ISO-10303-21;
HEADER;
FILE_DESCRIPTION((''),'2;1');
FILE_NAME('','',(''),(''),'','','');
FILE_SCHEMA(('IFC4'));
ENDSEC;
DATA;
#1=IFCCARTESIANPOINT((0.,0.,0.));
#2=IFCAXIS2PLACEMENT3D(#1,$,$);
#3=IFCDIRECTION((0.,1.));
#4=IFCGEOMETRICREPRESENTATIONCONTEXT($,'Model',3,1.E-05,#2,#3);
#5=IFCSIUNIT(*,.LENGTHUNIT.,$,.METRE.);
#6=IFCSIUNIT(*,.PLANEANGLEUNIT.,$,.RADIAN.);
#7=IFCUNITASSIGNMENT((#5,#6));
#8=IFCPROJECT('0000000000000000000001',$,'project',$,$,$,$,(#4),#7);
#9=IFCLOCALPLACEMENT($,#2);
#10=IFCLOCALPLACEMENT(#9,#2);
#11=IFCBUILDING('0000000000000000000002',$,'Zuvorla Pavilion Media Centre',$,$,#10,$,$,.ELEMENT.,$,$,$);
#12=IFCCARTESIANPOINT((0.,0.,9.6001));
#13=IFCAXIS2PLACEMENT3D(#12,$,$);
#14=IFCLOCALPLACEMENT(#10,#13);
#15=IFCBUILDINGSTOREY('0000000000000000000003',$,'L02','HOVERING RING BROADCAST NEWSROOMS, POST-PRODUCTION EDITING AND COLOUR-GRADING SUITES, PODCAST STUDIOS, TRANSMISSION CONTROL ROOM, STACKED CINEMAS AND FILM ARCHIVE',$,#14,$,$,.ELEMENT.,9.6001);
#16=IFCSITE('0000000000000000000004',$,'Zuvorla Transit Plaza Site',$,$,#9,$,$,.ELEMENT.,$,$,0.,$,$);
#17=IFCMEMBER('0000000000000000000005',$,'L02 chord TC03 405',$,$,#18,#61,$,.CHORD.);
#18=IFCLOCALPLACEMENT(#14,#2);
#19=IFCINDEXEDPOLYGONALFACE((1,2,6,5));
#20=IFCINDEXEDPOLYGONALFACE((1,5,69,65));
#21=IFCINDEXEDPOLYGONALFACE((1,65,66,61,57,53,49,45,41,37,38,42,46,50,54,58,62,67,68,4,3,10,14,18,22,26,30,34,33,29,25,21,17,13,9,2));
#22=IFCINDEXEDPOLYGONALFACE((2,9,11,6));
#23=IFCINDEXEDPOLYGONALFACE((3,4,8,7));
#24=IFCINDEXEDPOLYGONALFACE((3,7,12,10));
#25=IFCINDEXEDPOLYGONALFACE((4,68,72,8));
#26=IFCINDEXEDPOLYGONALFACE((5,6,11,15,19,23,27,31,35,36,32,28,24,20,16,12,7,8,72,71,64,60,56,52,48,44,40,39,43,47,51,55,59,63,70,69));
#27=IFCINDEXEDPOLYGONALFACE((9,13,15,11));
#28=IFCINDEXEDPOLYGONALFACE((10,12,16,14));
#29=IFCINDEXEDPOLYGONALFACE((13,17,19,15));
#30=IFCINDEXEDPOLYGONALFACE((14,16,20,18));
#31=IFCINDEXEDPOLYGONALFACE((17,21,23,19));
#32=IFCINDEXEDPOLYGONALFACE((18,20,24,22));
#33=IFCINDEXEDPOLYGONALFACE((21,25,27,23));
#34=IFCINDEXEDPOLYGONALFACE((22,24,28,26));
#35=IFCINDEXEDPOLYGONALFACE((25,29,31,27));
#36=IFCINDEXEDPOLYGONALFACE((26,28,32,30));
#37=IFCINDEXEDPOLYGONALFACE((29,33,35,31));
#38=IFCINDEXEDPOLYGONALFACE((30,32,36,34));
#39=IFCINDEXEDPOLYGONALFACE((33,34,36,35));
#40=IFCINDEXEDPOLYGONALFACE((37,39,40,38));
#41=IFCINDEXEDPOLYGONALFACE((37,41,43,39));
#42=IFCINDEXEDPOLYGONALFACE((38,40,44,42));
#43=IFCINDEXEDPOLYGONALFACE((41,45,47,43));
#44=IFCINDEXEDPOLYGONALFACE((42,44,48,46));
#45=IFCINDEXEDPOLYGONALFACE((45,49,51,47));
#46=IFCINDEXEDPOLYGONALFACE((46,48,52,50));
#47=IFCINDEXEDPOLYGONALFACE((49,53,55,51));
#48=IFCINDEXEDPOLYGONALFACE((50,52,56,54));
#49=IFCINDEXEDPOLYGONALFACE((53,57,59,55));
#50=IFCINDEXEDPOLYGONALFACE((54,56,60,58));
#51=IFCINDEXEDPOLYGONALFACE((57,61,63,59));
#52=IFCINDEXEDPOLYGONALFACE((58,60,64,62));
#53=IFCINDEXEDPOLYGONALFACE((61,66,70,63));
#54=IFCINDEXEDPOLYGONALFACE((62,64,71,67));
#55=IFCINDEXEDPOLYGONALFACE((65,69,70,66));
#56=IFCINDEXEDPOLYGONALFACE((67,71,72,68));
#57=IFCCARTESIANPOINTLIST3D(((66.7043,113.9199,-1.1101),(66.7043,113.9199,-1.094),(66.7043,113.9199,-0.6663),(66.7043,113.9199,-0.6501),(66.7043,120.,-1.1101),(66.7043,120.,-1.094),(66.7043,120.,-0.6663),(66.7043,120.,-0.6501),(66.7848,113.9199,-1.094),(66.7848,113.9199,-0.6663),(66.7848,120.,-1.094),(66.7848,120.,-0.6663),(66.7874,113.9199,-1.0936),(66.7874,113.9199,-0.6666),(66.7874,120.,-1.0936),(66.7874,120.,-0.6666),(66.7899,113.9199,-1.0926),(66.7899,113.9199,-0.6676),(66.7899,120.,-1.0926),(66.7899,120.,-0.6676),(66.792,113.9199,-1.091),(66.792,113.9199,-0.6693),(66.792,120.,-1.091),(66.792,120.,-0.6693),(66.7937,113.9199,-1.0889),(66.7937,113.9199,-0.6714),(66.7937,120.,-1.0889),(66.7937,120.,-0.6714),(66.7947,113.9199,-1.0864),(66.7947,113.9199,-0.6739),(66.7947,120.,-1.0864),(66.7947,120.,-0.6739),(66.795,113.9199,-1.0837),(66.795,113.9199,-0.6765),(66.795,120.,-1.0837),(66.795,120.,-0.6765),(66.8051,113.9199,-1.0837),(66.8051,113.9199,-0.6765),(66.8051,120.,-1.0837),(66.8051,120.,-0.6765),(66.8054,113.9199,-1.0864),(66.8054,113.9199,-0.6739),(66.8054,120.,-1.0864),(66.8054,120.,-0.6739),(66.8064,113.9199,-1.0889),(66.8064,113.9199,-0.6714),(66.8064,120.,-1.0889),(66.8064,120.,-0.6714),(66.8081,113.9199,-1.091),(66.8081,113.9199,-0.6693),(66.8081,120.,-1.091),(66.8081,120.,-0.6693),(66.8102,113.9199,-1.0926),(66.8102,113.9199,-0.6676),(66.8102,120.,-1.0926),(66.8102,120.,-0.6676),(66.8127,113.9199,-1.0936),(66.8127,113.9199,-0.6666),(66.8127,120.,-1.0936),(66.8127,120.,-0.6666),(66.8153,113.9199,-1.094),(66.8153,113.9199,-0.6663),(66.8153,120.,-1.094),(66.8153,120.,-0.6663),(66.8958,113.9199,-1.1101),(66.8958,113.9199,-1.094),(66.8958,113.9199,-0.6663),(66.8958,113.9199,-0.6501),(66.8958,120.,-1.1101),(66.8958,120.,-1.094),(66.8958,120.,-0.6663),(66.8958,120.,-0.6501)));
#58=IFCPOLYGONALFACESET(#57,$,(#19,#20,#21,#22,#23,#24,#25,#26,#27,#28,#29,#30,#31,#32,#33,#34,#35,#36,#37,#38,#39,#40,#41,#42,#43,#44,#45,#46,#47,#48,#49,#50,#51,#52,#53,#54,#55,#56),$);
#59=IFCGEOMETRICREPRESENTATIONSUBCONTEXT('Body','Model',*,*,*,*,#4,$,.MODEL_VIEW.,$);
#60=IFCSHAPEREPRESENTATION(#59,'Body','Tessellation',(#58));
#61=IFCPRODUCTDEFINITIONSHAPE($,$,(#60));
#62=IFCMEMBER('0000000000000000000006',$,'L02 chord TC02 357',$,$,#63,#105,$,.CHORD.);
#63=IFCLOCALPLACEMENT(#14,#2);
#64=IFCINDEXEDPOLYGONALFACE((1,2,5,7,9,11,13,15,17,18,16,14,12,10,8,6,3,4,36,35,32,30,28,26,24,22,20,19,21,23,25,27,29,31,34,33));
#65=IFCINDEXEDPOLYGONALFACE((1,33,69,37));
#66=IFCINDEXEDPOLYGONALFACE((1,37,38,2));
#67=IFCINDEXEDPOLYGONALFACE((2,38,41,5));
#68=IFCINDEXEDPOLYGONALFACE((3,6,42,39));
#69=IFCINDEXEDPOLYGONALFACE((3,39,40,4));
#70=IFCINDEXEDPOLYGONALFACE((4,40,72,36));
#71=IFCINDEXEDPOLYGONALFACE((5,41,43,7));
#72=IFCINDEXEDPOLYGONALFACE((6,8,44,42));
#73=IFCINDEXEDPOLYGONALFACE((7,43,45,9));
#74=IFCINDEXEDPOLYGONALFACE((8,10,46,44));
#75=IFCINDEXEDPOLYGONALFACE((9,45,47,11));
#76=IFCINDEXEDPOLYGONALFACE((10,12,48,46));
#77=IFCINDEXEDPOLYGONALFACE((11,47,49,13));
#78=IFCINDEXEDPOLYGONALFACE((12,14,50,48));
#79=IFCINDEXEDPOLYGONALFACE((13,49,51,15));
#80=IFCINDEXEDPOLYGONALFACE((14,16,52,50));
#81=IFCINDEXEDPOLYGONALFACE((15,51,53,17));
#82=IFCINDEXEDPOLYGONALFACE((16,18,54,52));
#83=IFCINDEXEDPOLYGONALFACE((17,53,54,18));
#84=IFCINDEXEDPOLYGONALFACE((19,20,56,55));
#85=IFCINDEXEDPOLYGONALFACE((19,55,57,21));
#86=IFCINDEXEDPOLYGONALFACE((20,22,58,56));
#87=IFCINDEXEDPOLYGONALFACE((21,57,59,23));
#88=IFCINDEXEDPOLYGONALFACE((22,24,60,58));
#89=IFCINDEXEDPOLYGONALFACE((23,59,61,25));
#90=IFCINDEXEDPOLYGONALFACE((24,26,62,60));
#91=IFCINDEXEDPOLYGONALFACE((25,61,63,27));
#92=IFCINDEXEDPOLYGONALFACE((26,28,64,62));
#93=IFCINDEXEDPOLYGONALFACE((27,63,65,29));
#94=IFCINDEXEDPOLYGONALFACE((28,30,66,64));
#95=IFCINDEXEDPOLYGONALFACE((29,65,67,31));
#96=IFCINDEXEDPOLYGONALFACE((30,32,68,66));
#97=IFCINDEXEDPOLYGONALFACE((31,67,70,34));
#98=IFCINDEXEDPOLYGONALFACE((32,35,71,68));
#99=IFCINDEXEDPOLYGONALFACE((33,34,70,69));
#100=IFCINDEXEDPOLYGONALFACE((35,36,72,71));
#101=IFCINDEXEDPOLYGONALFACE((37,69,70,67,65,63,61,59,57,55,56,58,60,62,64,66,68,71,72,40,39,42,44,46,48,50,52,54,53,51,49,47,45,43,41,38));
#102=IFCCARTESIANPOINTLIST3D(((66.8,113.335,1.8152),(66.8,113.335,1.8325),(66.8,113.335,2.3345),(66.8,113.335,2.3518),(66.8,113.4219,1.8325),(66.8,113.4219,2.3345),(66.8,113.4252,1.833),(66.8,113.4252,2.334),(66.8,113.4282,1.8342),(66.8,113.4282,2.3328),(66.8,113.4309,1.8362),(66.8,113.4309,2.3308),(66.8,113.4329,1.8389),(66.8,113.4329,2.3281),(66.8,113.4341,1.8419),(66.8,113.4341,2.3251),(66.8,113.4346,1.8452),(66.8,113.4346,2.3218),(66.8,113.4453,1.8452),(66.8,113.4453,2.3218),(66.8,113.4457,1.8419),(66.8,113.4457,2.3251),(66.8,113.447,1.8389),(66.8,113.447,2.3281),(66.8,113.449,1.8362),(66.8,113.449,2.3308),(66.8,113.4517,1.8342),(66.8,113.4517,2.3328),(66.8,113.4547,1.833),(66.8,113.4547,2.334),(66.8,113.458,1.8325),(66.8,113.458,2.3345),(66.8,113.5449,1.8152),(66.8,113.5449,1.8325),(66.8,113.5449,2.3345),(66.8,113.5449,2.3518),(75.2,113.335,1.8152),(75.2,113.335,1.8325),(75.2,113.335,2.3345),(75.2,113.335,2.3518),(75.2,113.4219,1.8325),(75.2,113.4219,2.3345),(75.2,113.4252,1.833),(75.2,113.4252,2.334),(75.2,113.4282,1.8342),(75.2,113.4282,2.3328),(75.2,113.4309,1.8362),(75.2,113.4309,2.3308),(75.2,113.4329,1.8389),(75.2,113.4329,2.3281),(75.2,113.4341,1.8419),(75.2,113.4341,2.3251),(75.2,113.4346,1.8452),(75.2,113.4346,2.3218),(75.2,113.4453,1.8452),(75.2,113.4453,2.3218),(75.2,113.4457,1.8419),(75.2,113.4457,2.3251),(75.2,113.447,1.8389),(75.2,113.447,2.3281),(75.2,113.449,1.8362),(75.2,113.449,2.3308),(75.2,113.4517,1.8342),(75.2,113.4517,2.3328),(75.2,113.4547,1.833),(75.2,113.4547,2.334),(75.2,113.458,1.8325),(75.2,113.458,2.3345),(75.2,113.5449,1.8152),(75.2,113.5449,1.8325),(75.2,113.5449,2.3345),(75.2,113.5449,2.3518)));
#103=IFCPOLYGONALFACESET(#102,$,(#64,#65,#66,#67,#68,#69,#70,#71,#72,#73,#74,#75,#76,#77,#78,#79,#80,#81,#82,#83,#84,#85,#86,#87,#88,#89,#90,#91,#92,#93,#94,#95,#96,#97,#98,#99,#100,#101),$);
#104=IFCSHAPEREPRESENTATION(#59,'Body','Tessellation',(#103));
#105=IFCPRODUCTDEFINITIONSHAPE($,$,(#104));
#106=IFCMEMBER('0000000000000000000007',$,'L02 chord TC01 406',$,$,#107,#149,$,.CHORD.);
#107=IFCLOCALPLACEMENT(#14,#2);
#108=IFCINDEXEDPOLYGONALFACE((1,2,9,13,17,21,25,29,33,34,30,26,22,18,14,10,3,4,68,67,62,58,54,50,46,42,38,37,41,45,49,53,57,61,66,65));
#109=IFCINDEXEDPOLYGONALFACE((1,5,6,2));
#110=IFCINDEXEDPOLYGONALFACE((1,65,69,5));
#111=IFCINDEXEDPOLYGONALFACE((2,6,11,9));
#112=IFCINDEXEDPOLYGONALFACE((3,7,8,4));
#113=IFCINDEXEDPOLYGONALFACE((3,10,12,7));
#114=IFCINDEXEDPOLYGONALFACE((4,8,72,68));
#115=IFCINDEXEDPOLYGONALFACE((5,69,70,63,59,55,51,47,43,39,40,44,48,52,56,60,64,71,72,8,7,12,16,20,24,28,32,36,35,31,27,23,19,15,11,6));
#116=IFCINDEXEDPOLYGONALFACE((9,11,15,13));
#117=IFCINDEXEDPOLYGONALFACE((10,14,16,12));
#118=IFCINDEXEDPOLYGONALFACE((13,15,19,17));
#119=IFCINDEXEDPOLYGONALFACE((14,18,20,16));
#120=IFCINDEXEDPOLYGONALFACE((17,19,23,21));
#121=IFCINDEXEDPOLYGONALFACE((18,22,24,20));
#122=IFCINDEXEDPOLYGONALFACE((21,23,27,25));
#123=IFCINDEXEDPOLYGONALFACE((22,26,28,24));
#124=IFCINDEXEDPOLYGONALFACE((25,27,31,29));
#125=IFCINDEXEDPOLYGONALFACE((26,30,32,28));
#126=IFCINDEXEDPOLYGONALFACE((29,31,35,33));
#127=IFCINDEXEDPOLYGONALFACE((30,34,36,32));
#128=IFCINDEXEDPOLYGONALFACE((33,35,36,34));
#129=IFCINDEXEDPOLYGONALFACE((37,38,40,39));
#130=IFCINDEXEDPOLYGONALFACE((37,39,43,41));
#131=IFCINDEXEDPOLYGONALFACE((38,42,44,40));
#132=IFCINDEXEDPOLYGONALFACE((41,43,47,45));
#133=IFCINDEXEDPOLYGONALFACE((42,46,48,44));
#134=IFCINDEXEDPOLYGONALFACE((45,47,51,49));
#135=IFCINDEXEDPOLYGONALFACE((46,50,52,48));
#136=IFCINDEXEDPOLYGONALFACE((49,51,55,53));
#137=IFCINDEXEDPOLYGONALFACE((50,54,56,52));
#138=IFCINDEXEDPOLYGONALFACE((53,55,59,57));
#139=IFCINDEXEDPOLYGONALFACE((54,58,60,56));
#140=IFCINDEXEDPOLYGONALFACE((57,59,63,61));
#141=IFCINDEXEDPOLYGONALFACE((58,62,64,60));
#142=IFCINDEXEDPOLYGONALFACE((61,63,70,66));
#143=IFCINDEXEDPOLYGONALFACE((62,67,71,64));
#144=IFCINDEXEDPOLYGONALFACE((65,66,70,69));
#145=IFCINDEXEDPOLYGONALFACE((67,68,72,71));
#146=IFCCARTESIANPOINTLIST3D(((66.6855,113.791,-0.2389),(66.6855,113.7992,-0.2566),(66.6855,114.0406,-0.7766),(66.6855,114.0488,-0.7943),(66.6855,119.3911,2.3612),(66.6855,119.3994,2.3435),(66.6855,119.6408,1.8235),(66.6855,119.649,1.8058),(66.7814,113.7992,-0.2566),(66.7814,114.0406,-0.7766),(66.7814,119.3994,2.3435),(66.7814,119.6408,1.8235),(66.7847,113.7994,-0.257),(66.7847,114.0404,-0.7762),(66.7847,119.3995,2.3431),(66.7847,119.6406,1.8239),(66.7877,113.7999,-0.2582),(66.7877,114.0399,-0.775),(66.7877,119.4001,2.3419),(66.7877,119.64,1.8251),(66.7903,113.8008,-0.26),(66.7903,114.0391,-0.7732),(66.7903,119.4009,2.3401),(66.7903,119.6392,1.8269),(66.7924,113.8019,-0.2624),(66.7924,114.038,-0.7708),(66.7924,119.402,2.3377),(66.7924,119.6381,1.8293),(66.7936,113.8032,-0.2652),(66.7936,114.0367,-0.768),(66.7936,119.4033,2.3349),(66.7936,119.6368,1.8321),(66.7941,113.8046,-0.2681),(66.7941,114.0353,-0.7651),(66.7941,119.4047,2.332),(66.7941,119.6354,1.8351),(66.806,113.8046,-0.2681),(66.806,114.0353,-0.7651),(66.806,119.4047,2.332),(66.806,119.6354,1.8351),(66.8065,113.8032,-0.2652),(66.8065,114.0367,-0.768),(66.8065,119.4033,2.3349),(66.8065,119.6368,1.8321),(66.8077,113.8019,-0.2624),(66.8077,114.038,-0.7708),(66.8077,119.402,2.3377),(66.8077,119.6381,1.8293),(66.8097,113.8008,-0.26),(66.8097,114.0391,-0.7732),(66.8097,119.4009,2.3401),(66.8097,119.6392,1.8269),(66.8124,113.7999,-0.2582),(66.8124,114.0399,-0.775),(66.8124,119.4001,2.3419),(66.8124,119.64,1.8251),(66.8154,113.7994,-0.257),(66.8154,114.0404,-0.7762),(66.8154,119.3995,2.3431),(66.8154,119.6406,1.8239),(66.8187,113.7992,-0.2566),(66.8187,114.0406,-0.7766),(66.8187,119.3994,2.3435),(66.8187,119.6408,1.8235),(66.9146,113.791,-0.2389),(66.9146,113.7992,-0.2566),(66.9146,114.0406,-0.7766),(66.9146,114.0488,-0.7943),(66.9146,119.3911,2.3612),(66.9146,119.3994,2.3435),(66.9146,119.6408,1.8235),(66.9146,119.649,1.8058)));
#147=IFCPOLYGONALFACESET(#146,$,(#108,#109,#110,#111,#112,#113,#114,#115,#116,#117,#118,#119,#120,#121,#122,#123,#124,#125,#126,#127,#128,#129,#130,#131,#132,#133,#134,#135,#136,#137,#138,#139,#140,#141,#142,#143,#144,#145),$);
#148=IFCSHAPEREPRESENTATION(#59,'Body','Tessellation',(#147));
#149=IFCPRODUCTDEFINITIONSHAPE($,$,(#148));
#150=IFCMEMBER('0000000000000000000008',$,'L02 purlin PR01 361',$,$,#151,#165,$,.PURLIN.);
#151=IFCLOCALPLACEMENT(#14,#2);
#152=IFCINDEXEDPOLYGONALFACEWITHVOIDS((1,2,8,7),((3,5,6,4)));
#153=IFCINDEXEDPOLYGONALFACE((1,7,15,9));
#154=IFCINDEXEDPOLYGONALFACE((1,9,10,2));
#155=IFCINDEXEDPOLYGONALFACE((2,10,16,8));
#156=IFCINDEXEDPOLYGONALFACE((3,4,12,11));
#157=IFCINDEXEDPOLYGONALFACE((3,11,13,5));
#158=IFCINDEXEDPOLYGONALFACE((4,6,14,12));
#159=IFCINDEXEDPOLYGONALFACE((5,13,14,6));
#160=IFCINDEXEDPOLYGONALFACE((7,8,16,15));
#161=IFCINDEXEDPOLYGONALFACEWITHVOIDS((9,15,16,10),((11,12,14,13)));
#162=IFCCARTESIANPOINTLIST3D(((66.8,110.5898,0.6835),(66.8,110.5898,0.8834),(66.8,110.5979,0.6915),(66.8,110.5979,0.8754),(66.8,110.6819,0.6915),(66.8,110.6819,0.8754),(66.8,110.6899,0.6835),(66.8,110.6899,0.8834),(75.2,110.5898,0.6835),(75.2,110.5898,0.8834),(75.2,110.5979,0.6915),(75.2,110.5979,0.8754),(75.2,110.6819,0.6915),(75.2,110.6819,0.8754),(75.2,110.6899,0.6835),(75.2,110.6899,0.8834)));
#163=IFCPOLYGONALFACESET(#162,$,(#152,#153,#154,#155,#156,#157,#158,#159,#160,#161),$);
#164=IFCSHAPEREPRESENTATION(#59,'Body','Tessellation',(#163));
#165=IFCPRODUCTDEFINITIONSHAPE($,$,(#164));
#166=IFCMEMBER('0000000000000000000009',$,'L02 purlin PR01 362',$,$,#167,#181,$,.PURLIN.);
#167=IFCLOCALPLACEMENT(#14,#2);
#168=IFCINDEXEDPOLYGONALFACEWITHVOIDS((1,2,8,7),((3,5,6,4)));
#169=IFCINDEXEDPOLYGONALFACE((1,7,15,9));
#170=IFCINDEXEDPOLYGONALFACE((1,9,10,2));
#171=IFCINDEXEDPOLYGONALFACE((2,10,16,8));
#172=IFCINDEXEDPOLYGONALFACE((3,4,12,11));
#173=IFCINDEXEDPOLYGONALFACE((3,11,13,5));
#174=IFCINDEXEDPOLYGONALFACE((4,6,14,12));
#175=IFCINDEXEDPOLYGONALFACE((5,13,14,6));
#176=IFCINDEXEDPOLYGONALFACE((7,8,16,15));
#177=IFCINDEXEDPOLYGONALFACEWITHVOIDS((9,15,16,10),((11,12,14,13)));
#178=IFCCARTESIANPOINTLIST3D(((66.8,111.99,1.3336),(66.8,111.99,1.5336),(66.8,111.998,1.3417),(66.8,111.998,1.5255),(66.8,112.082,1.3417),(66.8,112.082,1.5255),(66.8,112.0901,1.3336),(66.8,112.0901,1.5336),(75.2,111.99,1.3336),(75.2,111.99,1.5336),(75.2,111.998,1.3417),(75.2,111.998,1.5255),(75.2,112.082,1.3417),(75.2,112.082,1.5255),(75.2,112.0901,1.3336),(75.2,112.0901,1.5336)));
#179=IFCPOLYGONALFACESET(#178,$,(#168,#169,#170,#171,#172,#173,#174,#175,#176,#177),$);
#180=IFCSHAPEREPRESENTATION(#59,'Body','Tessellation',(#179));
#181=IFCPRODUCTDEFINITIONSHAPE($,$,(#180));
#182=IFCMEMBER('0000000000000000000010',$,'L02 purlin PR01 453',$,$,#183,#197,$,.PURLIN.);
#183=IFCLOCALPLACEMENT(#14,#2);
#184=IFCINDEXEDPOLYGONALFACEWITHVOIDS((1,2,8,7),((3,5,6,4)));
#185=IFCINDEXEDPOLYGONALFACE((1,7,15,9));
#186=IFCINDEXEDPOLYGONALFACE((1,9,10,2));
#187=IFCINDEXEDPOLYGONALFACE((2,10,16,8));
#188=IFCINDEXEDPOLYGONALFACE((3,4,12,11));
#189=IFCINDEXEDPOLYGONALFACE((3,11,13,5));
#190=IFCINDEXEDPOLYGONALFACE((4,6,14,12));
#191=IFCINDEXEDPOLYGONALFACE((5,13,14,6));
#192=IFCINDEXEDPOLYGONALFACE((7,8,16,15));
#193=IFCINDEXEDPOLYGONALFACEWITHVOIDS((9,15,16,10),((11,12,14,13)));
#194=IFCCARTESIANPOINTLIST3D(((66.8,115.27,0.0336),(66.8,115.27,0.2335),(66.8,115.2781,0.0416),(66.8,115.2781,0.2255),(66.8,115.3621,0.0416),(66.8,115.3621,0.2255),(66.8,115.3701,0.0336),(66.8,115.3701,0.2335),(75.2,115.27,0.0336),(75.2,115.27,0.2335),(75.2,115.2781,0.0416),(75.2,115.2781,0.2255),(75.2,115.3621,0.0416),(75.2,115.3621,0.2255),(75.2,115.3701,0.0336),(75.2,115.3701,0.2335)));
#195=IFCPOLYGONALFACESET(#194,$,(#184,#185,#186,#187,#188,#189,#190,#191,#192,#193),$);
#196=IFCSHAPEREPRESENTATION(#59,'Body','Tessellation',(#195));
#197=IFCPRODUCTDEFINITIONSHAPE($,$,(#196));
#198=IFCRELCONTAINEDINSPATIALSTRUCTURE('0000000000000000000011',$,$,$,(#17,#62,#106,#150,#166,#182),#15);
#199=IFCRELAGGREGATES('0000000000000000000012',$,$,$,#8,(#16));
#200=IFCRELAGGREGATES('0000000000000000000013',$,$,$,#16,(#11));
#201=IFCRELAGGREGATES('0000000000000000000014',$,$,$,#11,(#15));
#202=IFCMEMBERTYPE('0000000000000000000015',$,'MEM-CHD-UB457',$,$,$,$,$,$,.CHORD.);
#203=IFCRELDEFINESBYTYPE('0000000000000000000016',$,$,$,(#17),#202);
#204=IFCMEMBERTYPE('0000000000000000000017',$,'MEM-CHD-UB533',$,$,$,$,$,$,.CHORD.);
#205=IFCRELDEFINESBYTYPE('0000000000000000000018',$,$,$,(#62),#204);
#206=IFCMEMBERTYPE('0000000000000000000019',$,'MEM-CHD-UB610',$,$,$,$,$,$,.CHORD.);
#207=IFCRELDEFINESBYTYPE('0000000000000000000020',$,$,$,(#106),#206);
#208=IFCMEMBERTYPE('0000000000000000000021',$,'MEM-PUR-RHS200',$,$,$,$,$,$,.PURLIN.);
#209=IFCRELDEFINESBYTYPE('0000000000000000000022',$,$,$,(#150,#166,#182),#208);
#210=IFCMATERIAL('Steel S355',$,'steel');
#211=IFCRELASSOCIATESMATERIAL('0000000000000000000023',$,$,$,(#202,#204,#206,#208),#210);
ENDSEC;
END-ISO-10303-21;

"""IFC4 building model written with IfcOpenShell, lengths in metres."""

from ifc_helpers import new_model, si_unit, direction, frame, origin, origin_2d, place, context, subcontext, project, spatial, hollow_rectangle, i_section, extrude, material, material_profile, profile_set, type_object, element, save


model = new_model("IFC4")

# Units and contexts
model_context = context("Model", 3, precision=1e-05, world=origin(), true_north=direction((0.0, 1.0)))
body_context = subcontext(model_context, "Body", "Model", "MODEL_VIEW")
ifc_project = project(units=[si_unit("LENGTHUNIT", "METRE"), si_unit("PLANEANGLEUNIT", "RADIAN")], contexts=[model_context])

# Site, building, storey
site_placement = place(None, origin())
site = spatial("IfcSite", under=ifc_project, at=site_placement, Name="Zuvorla Transit Plaza Site", CompositionType="ELEMENT", RefElevation=0.0)
building_placement = place(site_placement, origin())
building = spatial("IfcBuilding", under=site, at=building_placement, Name="Zuvorla Pavilion Media Centre", CompositionType="ELEMENT")
storey_placement = place(building_placement, frame((0.0, 0.0, 9.6001)))
storey = spatial("IfcBuildingStorey", under=building, at=storey_placement, Name="L02", Description="HOVERING RING BROADCAST NEWSROOMS, POST-PRODUCTION EDITING AND COLOUR-GRADING SUITES, PODCAST STUDIOS, TRANSMISSION CONTROL ROOM, STACKED CINEMAS AND FILM ARCHIVE", CompositionType="ELEMENT", Elevation=9.6001)

# Shared definitions
ifc_material_1 = material(Name="Steel S355", Category="steel")

# Members
ifc_material_profile_1 = material_profile(ifc_material_1, i_section(OverallWidth=0.1914, OverallDepth=0.46, WebThickness=0.01, FlangeThickness=0.0161, FilletRadius=0.0103, at=origin_2d()), Name="UB 457x191x82")
ifc_profile_set_1 = profile_set([ifc_material_profile_1], Name="Steel S355")
member_type_1 = type_object("IfcMemberType", Name="MEM-CHD-UB457", PredefinedType="CHORD", material=ifc_profile_set_1)
member_1_placement = place(storey_placement, frame((66.8, 113.9199, -0.8801), z_axis=(0.0, 1.0, 0.0), x_axis=(-1.0, 0.0, 0.0)))
element("IfcMember", 1, at=member_1_placement, inside=storey, type_object=member_type_1, Name="L02 chord TC03 405", PredefinedType="CHORD", context=body_context, shape_type="SweptSolid", body=[
    extrude(i_section(OverallWidth=0.1914, OverallDepth=0.46, WebThickness=0.01, FlangeThickness=0.0161, FilletRadius=0.0103, at=origin_2d()), origin(), (0.0, 0.0, 1.0), 6.0801),
])
ifc_material_profile_2 = material_profile(ifc_material_1, i_section(OverallWidth=0.21, OverallDepth=0.5366, WebThickness=0.0107, FlangeThickness=0.0173, FilletRadius=0.0127, at=origin_2d()), Name="UB 533x210x101")
ifc_profile_set_2 = profile_set([ifc_material_profile_2], Name="Steel S355")
member_type_2 = type_object("IfcMemberType", Name="MEM-CHD-UB533", PredefinedType="CHORD", material=ifc_profile_set_2)
member_2_placement = place(storey_placement, frame((66.8, 113.4399, 2.0835), z_axis=(1.0, 0.0, 0.0), x_axis=(0.0, 1.0, 0.0)))
element("IfcMember", 2, at=member_2_placement, inside=storey, type_object=member_type_2, Name="L02 chord TC02 357", PredefinedType="CHORD", context=body_context, shape_type="SweptSolid", body=[
    extrude(i_section(OverallWidth=0.21, OverallDepth=0.5366, WebThickness=0.0107, FlangeThickness=0.0173, FilletRadius=0.0127, at=origin_2d()), origin(), (0.0, 0.0, 1.0), 8.3999),
])
ifc_material_profile_3 = material_profile(ifc_material_1, i_section(OverallWidth=0.229, OverallDepth=0.6123, WebThickness=0.012, FlangeThickness=0.0195, FilletRadius=0.0127, at=origin_2d()), Name="UB 610x229x125")
ifc_profile_set_3 = profile_set([ifc_material_profile_3], Name="Steel S355")
member_type_3 = type_object("IfcMemberType", Name="MEM-CHD-UB610", PredefinedType="CHORD", material=ifc_profile_set_3)
member_3_placement = place(storey_placement, frame((66.8, 113.9199, -0.5166), z_axis=(0.0, 0.907006, 0.421118), x_axis=(-1.0, 0.0, 0.0)))
element("IfcMember", 3, at=member_3_placement, inside=storey, type_object=member_type_3, Name="L02 chord TC01 406", PredefinedType="CHORD", context=body_context, shape_type="SweptSolid", body=[
    extrude(i_section(OverallWidth=0.229, OverallDepth=0.6123, WebThickness=0.012, FlangeThickness=0.0195, FilletRadius=0.0127, at=origin_2d()), origin(), (0.0, 0.0, 1.0), 6.1743),
])
ifc_material_profile_4 = material_profile(ifc_material_1, hollow_rectangle(XDim=0.1001, YDim=0.2, WallThickness=0.0081, at=origin_2d()), Name="RHS 200x100x8")
ifc_profile_set_4 = profile_set([ifc_material_profile_4], Name="Steel S355")
member_type_4 = type_object("IfcMemberType", Name="MEM-PUR-RHS200", PredefinedType="PURLIN", material=ifc_profile_set_4)
for number, where, z_axis, x_axis, name in (
    (4, (66.8, 110.6399, 0.7834), (1.0, 0.0, 0.0), (0.0, 1.0, 0.0), "L02 purlin PR01 361"),
    (5, (66.8, 112.04, 1.4336), (1.0, 0.0, 0.0), (0.0, 1.0, 0.0), "L02 purlin PR01 362"),
    (6, (66.8, 115.3201, 0.1335), (1.0, 0.0, 0.0), (0.0, 1.0, 0.0), "L02 purlin PR01 453"),
):
    element("IfcMember", number, at=place(storey_placement, frame(where, z_axis=z_axis, x_axis=x_axis)), inside=storey, type_object=member_type_4, Name=name, PredefinedType="PURLIN", context=body_context, shape_type="SweptSolid", body=[
        extrude(hollow_rectangle(XDim=0.1001, YDim=0.2, WallThickness=0.0081, at=origin_2d()), origin(), (0.0, 0.0, 1.0), 8.3999),
    ])

save(model, "model.ifc")
